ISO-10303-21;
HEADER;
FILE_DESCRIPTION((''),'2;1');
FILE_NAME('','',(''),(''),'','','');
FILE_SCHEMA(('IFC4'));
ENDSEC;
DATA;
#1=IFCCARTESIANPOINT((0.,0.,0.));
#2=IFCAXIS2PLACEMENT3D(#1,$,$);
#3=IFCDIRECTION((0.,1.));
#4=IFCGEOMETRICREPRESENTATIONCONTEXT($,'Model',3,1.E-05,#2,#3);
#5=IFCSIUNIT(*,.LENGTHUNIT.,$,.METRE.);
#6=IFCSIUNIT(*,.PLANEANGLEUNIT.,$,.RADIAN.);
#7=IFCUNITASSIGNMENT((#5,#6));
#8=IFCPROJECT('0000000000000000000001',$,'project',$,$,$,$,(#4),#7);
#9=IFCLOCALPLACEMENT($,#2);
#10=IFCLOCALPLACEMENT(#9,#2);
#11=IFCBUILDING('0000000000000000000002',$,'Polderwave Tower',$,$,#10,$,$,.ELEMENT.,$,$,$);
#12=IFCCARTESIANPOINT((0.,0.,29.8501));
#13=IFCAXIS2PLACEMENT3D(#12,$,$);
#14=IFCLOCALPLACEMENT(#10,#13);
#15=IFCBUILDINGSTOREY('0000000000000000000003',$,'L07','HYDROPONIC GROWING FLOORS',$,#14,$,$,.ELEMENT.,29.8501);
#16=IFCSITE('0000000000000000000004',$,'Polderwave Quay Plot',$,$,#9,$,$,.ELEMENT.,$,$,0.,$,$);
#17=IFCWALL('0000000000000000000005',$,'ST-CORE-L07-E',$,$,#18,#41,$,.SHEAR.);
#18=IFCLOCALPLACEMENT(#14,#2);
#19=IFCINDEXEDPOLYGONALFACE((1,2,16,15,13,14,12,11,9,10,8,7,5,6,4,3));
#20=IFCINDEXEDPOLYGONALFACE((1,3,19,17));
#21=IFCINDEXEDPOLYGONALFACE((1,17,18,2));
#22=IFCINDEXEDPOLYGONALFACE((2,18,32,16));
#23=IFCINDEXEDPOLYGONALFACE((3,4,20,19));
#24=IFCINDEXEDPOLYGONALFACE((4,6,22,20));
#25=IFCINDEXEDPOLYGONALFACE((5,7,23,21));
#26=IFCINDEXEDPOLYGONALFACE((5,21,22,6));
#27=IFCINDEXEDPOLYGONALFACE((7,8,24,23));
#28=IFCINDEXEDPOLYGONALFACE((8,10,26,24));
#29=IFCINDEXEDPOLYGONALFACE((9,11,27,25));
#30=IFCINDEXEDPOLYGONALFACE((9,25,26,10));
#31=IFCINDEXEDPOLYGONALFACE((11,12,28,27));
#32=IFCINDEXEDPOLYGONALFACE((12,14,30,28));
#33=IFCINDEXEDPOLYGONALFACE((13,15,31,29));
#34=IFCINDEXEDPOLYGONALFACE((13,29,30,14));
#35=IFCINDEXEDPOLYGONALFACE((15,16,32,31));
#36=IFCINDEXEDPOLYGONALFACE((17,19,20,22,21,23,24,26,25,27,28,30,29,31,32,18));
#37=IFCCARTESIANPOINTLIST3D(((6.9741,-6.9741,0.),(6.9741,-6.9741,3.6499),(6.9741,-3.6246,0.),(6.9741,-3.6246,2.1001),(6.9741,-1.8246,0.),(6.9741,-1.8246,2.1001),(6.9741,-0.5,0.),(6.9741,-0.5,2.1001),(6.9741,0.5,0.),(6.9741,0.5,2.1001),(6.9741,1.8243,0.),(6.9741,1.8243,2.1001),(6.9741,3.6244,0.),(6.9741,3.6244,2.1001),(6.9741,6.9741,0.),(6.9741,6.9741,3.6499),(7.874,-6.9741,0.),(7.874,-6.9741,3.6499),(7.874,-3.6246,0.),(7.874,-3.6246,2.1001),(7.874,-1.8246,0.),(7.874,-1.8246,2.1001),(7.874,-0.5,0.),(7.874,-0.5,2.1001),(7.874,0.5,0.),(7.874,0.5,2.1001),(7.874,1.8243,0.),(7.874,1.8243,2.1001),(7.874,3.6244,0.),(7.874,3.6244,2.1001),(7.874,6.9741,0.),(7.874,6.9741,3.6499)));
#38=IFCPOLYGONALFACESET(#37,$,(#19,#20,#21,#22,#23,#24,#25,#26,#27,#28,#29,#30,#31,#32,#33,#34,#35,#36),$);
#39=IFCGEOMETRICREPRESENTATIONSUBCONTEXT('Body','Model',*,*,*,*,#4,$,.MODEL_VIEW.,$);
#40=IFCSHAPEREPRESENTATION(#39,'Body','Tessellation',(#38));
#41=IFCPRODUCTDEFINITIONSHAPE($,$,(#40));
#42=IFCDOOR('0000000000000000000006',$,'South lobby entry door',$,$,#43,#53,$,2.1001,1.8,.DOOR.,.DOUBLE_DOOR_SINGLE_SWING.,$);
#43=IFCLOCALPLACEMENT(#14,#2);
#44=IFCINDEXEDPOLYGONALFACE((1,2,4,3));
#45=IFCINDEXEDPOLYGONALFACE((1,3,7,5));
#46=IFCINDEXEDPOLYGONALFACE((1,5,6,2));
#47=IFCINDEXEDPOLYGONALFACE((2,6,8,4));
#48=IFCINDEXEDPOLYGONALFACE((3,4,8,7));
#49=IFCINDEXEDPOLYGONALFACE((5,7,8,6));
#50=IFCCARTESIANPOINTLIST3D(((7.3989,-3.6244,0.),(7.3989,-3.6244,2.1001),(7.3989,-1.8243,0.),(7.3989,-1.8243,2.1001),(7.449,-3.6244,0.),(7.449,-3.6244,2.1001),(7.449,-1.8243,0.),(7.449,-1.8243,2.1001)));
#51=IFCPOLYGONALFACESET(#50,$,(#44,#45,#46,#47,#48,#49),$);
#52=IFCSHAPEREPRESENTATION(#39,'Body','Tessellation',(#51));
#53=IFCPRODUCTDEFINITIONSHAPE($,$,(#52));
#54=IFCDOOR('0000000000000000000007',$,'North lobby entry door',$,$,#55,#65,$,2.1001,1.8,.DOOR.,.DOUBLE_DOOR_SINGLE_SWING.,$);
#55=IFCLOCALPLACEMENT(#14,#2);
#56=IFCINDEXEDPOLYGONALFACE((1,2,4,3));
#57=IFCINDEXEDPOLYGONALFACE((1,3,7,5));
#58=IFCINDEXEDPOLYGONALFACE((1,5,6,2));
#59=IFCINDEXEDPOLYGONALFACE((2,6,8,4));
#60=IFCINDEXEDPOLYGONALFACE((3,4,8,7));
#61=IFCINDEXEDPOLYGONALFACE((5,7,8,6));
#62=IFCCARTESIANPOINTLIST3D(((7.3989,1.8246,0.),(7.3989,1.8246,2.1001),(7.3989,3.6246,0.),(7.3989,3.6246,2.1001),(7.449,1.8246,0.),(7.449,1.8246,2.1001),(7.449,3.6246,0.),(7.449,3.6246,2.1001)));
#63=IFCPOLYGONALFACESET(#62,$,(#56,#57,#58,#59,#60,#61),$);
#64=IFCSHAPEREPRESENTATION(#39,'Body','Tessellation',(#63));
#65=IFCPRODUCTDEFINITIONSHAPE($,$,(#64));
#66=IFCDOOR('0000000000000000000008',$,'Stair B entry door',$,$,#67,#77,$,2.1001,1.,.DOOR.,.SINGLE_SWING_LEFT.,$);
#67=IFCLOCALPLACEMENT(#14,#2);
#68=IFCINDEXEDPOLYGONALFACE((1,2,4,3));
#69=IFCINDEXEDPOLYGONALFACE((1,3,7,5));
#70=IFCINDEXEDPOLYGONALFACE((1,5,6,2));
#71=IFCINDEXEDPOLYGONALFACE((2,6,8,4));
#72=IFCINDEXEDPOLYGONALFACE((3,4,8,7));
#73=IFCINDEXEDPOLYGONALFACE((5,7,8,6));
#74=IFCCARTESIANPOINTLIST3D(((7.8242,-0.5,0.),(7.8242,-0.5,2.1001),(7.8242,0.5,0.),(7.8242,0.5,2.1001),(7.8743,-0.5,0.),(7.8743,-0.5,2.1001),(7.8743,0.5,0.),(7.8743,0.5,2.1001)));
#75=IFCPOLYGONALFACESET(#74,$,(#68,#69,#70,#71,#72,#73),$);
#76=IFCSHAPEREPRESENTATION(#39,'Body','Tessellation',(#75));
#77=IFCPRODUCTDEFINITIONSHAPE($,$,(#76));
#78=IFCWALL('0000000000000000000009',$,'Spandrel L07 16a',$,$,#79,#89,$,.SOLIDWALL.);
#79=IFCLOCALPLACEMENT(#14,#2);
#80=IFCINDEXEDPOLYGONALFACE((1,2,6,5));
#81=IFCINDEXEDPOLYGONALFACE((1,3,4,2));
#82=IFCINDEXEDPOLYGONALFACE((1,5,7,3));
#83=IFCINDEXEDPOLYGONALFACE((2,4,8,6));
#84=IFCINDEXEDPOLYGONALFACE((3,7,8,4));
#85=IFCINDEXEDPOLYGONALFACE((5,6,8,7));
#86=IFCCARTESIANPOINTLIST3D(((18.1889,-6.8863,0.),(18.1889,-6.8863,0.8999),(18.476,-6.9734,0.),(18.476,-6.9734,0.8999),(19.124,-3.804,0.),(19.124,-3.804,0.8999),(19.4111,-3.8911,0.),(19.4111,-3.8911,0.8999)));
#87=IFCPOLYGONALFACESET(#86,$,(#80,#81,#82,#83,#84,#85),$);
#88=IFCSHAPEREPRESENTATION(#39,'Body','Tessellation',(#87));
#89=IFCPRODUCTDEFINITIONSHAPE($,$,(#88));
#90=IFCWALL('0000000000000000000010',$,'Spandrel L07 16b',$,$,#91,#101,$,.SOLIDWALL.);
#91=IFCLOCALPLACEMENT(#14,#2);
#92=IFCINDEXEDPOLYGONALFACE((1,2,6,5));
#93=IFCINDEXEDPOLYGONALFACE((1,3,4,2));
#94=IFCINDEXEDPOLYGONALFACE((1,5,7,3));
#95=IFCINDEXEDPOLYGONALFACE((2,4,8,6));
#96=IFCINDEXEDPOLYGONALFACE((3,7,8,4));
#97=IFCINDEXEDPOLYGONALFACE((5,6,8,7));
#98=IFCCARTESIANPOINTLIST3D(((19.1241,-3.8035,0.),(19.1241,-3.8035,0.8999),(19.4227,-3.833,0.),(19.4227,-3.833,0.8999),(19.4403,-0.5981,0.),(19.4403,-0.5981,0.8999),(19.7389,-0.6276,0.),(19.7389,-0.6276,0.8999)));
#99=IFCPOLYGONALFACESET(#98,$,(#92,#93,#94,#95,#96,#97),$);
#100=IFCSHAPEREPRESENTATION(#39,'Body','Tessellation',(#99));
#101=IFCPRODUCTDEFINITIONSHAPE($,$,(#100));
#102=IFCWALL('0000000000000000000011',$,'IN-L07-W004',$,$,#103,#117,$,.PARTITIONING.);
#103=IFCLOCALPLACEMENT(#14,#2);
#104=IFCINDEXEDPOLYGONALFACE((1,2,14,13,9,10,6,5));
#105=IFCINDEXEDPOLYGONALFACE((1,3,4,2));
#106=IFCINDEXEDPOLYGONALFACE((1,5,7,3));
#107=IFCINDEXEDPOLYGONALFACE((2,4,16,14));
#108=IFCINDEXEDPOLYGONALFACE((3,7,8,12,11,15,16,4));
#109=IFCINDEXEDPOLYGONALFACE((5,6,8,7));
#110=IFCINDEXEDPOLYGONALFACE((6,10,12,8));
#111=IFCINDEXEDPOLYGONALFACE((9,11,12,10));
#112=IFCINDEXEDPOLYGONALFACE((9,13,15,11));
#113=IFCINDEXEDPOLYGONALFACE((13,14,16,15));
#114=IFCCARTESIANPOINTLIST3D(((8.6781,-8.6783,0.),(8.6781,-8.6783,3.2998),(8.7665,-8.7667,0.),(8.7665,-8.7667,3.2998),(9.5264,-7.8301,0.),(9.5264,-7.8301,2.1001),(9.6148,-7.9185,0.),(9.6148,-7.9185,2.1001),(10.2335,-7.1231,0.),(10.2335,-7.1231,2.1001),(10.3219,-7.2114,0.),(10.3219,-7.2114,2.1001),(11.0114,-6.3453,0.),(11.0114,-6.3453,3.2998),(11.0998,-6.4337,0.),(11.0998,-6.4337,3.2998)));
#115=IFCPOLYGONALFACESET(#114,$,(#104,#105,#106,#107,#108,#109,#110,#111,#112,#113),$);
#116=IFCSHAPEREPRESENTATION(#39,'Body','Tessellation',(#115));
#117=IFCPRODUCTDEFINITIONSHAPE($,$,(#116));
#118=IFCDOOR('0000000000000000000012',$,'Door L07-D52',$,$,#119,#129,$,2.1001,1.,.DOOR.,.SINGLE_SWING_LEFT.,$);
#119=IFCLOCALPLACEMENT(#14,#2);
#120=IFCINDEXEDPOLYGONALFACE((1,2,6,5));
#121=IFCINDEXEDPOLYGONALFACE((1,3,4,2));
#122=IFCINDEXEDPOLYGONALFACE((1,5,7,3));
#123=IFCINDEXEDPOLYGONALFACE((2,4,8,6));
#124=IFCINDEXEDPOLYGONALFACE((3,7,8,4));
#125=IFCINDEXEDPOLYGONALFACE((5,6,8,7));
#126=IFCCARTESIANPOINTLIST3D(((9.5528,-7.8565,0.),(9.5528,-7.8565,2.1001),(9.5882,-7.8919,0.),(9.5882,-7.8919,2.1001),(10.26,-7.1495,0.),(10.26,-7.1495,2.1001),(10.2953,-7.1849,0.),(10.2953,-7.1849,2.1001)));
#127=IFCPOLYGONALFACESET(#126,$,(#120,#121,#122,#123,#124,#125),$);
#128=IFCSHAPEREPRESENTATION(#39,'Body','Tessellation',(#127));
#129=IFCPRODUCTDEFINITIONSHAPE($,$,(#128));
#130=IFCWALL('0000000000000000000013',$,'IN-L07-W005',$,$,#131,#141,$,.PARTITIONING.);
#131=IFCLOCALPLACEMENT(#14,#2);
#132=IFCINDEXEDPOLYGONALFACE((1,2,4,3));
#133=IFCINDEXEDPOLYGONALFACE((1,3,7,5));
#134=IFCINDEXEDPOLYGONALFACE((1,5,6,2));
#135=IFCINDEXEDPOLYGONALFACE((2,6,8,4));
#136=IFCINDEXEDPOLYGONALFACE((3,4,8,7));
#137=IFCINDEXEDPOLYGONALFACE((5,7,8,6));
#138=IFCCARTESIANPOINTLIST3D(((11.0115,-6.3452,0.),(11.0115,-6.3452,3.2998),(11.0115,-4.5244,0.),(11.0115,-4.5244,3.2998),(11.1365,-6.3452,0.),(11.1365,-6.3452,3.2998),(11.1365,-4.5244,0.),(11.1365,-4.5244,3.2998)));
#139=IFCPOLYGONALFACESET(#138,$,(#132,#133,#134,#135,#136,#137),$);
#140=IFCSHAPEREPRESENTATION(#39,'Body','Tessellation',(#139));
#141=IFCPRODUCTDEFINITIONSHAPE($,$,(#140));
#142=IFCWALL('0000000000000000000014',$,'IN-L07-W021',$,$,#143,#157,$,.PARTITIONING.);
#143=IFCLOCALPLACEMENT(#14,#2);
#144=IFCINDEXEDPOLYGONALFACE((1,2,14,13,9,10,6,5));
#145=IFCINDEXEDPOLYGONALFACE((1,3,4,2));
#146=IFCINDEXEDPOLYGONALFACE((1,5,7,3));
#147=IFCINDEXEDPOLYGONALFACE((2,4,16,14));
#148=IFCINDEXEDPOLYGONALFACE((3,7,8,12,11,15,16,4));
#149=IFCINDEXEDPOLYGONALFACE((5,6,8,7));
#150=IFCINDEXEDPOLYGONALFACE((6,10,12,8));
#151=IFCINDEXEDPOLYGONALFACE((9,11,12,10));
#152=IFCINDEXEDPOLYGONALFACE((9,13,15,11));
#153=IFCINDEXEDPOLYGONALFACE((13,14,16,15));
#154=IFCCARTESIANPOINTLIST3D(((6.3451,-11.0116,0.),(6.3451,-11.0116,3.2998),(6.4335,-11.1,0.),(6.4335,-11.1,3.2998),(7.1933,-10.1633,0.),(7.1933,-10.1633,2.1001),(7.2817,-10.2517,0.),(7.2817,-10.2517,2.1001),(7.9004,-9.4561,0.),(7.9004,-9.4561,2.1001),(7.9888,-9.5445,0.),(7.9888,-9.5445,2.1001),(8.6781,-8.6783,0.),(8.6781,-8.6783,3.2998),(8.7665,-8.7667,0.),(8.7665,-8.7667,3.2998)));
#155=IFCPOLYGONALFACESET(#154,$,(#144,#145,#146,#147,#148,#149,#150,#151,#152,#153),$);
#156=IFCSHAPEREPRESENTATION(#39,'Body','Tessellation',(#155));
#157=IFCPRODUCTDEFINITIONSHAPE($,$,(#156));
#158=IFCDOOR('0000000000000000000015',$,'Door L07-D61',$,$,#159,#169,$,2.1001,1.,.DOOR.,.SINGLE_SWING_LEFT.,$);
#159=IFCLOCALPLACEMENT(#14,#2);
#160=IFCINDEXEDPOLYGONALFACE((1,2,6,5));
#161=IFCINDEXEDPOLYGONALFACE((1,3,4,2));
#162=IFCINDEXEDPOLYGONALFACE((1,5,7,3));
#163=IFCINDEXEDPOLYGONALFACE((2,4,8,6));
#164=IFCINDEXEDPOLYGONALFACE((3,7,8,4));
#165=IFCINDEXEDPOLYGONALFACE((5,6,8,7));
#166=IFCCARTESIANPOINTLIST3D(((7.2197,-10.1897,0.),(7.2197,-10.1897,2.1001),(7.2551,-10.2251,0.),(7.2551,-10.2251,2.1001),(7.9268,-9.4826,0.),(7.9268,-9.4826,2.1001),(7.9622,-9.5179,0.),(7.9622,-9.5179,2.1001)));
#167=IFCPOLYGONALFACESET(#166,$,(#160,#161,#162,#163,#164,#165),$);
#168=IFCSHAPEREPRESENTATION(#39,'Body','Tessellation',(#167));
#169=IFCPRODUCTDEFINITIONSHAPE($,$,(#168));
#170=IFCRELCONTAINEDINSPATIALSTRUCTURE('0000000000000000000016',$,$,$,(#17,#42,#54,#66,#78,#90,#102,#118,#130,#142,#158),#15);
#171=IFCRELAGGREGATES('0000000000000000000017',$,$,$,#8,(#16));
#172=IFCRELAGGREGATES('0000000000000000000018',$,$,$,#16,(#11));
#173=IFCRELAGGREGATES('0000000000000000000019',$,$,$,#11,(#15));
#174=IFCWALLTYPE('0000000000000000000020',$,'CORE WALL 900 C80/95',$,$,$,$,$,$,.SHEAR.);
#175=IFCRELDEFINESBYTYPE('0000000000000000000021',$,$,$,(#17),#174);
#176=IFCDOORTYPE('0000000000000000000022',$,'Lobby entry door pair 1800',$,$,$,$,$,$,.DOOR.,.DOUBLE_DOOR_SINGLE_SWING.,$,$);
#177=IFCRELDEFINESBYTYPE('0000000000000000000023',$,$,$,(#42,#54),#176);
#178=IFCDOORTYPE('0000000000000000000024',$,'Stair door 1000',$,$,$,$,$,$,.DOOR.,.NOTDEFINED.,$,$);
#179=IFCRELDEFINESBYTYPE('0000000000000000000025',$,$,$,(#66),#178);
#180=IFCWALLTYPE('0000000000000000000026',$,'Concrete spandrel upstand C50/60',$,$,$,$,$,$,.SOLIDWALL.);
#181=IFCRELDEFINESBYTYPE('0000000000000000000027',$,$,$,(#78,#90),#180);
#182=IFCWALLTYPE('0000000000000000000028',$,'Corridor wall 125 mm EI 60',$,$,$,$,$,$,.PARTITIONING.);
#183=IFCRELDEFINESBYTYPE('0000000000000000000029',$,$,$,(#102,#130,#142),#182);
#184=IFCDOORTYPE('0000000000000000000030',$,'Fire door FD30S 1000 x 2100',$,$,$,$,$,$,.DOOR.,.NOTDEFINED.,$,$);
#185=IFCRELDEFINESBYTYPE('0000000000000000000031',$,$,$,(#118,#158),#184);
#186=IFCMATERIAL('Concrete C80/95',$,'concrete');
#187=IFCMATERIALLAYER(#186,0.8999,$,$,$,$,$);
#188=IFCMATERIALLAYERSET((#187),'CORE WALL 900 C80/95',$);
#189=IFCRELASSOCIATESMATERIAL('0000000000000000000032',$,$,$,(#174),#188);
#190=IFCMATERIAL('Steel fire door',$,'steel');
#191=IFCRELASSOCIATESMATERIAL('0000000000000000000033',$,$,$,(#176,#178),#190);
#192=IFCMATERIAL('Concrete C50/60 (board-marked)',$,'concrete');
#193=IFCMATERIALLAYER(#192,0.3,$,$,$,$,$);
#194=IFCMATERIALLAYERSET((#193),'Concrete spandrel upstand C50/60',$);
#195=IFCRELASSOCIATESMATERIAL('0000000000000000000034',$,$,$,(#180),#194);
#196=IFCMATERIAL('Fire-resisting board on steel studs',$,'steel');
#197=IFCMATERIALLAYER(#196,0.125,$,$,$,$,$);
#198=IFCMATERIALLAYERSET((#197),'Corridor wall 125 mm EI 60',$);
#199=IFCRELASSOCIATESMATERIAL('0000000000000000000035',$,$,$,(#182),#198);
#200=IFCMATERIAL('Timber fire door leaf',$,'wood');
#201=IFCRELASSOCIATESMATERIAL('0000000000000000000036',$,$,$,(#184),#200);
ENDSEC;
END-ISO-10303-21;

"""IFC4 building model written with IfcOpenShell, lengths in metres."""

from ifc_helpers import new_model, si_unit, direction, frame, frame_2d, origin, place, context, subcontext, project, spatial, rectangle, extrude, material, layer, layer_set, type_object, element, fill, save


model = new_model("IFC4")

# Units and contexts
model_context = context("Model", 3, precision=1e-05, world=origin(), true_north=direction((0.0, 1.0)))
body_context = subcontext(model_context, "Body", "Model", "MODEL_VIEW")
ifc_project = project(units=[si_unit("LENGTHUNIT", "METRE"), si_unit("PLANEANGLEUNIT", "RADIAN")], contexts=[model_context])

# Site, building, storey
site_placement = place(None, origin())
site = spatial("IfcSite", under=ifc_project, at=site_placement, Name="Polderwave Quay Plot", CompositionType="ELEMENT", RefElevation=0.0)
building_placement = place(site_placement, origin())
building = spatial("IfcBuilding", under=site, at=building_placement, Name="Polderwave Tower", CompositionType="ELEMENT")
storey_placement = place(building_placement, frame((0.0, 0.0, 29.8501)))
storey = spatial("IfcBuildingStorey", under=building, at=storey_placement, Name="L07", Description="HYDROPONIC GROWING FLOORS", CompositionType="ELEMENT", Elevation=29.8501)

# Wall, openings, doors
ifc_material_1 = material(Name="Concrete C80/95", Category="concrete")
ifc_layer_1 = layer(ifc_material_1, 0.8999)
ifc_layer_set_1 = layer_set([ifc_layer_1], Name="CORE WALL 900 C80/95")
wall_type_1 = type_object("IfcWallType", Name="CORE WALL 900 C80/95", PredefinedType="SHEAR", material=ifc_layer_set_1)
wall_1_placement = place(storey_placement, frame((7.4241, -6.9741, 0.0), z_axis=(0.0, 0.0, 1.0), x_axis=(0.0, 1.0, 0.0)))
wall_1 = element("IfcWall", 1, at=wall_1_placement, inside=storey, type_object=wall_type_1, Name="ST-CORE-L07-E", PredefinedType="SHEAR", context=body_context, shape_type="SweptSolid", body=[
    extrude(rectangle(XDim=13.9482, YDim=0.8999, at=frame_2d((6.9741, 0.0))), origin(), (0.0, 0.0, 1.0), 3.6499),
])
opening_1_placement = place(wall_1_placement, frame((6.4741, 0.0, 0.0)))
opening_1 = element("IfcOpeningElement", 2, at=opening_1_placement, cuts=wall_1, PredefinedType="OPENING", context=body_context, shape_type="SweptSolid", body=[
    extrude(rectangle(XDim=1.0, YDim=2.1001, at=frame_2d((0.5, 1.05))), frame((0.0, 0.46, 0.0), z_axis=(0.0, -1.0, 0.0), x_axis=(1.0, 0.0, 0.0)), (0.0, 0.0, 1.0), 0.9199),
])
opening_2_placement = place(wall_1_placement, frame((3.3496, 0.0, 0.0)))
opening_2 = element("IfcOpeningElement", 3, at=opening_2_placement, cuts=wall_1, PredefinedType="OPENING", context=body_context, shape_type="SweptSolid", body=[
    extrude(rectangle(XDim=1.8, YDim=2.1001, at=frame_2d((0.8999, 1.05))), frame((0.0, 0.46, 0.0), z_axis=(0.0, -1.0, 0.0), x_axis=(1.0, 0.0, 0.0)), (0.0, 0.0, 1.0), 0.9199),
])
opening_3_placement = place(wall_1_placement, frame((8.7986, 0.0, 0.0)))
opening_3 = element("IfcOpeningElement", 4, at=opening_3_placement, cuts=wall_1, PredefinedType="OPENING", context=body_context, shape_type="SweptSolid", body=[
    extrude(rectangle(XDim=1.8, YDim=2.1001, at=frame_2d((0.8999, 1.05))), frame((0.0, 0.46, 0.0), z_axis=(0.0, -1.0, 0.0), x_axis=(1.0, 0.0, 0.0)), (0.0, 0.0, 1.0), 0.9199),
])
ifc_material_2 = material(Name="Steel fire door", Category="steel")
door_type_1 = type_object("IfcDoorType", Name="Lobby entry door pair 1800", OperationType="DOUBLE_DOOR_SINGLE_SWING", PredefinedType="DOOR", material=ifc_material_2)
door_1_placement = place(opening_2_placement, frame((1.8, 0.0, 0.0), z_axis=(0.0, 0.0, 1.0), x_axis=(-1.0, 0.0, 0.0)))
door_1 = element("IfcDoor", 5, at=door_1_placement, inside=storey, type_object=door_type_1, Name="South lobby entry door", OperationType="DOUBLE_DOOR_SINGLE_SWING", OverallHeight=2.1001, OverallWidth=1.8, PredefinedType="DOOR", context=body_context, shape_type="SweptSolid", body=[
    extrude(rectangle(XDim=1.8, YDim=2.1001, at=frame_2d((0.8999, 1.05))), frame((0.0, 0.0249, 0.0), z_axis=(0.0, -1.0, 0.0), x_axis=(1.0, 0.0, 0.0)), (0.0, 0.0, 1.0), 0.05),
])
fill(opening_2, door_1)
door_2_placement = place(opening_3_placement, frame((1.8, 0.0, 0.0), z_axis=(0.0, 0.0, 1.0), x_axis=(-1.0, 0.0, 0.0)))
door_2 = element("IfcDoor", 6, at=door_2_placement, inside=storey, type_object=door_type_1, Name="North lobby entry door", OperationType="DOUBLE_DOOR_SINGLE_SWING", OverallHeight=2.1001, OverallWidth=1.8, PredefinedType="DOOR", context=body_context, shape_type="SweptSolid", body=[
    extrude(rectangle(XDim=1.8, YDim=2.1001, at=frame_2d((0.8999, 1.05))), frame((0.0, 0.0249, 0.0), z_axis=(0.0, -1.0, 0.0), x_axis=(1.0, 0.0, 0.0)), (0.0, 0.0, 1.0), 0.05),
])
fill(opening_3, door_2)
door_type_2 = type_object("IfcDoorType", Name="Stair door 1000", OperationType="NOTDEFINED", PredefinedType="DOOR", material=ifc_material_2)
door_3_placement = place(opening_1_placement, frame((1.0, 0.0, 0.0), z_axis=(0.0, 0.0, 1.0), x_axis=(-1.0, 0.0, 0.0)))
door_3 = element("IfcDoor", 7, at=door_3_placement, inside=storey, type_object=door_type_2, Name="Stair B entry door", OperationType="SINGLE_SWING_LEFT", OverallHeight=2.1001, OverallWidth=1.0, PredefinedType="DOOR", context=body_context, shape_type="SweptSolid", body=[
    extrude(rectangle(XDim=1.0, YDim=2.1001, at=frame_2d((0.5, 1.05))), frame((0.0, 0.4502, 0.0), z_axis=(0.0, -1.0, 0.0), x_axis=(1.0, 0.0, 0.0)), (0.0, 0.0, 1.0), 0.05),
])
fill(opening_1, door_3)

# Walls
ifc_material_3 = material(Name="Concrete C50/60 (board-marked)", Category="concrete")
ifc_layer_2 = layer(ifc_material_3, 0.3)
ifc_layer_set_2 = layer_set([ifc_layer_2], Name="Concrete spandrel upstand C50/60")
wall_type_2 = type_object("IfcWallType", Name="Concrete spandrel upstand C50/60", PredefinedType="SOLIDWALL", material=ifc_layer_set_2)
for number, where, z_axis, x_axis, name in (
    (8, (18.3325, -6.9297, 0.0), (0.0, 0.0, 1.0), (0.290302, 0.956935, 0.0), "Spandrel L07 16a"),
    (9, (19.2734, -3.8181, 0.0), (0.0, 0.0, 1.0), (0.09816, 0.995171, 0.0), "Spandrel L07 16b"),
):
    element("IfcWall", number, at=place(storey_placement, frame(where, z_axis=z_axis, x_axis=x_axis)), inside=storey, type_object=wall_type_2, Name=name, PredefinedType="SOLIDWALL", context=body_context, shape_type="SweptSolid", body=[
        extrude(rectangle(XDim=3.2209, YDim=0.3, at=frame_2d((1.6104, 0.0))), origin(), (0.0, 0.0, 1.0), 0.8999),
    ])

# Wall, opening, door
ifc_material_4 = material(Name="Fire-resisting board on steel studs", Category="steel")
ifc_layer_3 = layer(ifc_material_4, 0.125)
ifc_layer_set_3 = layer_set([ifc_layer_3], Name="Corridor wall 125 mm EI 60")
wall_type_3 = type_object("IfcWallType", Name="Corridor wall 125 mm EI 60", PredefinedType="PARTITIONING", material=ifc_layer_set_3)
wall_2_placement = place(storey_placement, frame((11.0557, -6.3894, 0.0), z_axis=(0.0, 0.0, 1.0), x_axis=(-0.707144, -0.70707, 0.0)))
wall_2 = element("IfcWall", 10, at=wall_2_placement, inside=storey, type_object=wall_type_3, Name="IN-L07-W004", PredefinedType="PARTITIONING", context=body_context, shape_type="SweptSolid", body=[
    extrude(rectangle(XDim=3.2996, YDim=0.125, at=frame_2d((1.6499, 0.0))), origin(), (0.0, 0.0, 1.0), 3.2998),
])
opening_4_placement = place(wall_2_placement, frame((1.1001, 0.0, 0.0)))
opening_4 = element("IfcOpeningElement", 11, at=opening_4_placement, cuts=wall_2, PredefinedType="OPENING", context=body_context, shape_type="SweptSolid", body=[
    extrude(rectangle(XDim=1.0, YDim=2.1001, at=frame_2d((0.5, 1.05))), frame((0.0, 0.0725, 0.0), z_axis=(0.0, -1.0, 0.0), x_axis=(1.0, 0.0, 0.0)), (0.0, 0.0, 1.0), 0.145),
])
ifc_material_5 = material(Name="Timber fire door leaf", Category="wood")
door_type_3 = type_object("IfcDoorType", Name="Fire door FD30S 1000 x 2100", OperationType="NOTDEFINED", PredefinedType="DOOR", material=ifc_material_5)
door_4_placement = place(opening_4_placement, origin())
door_4 = element("IfcDoor", 12, at=door_4_placement, inside=storey, type_object=door_type_3, Name="Door L07-D52", OperationType="SINGLE_SWING_LEFT", OverallHeight=2.1001, OverallWidth=1.0, PredefinedType="DOOR", context=body_context, shape_type="SweptSolid", body=[
    extrude(rectangle(XDim=1.0, YDim=2.1001, at=frame_2d((0.5, 1.05))), frame((0.0, 0.0249, 0.0), z_axis=(0.0, -1.0, 0.0), x_axis=(1.0, 0.0, 0.0)), (0.0, 0.0, 1.0), 0.05),
])
fill(opening_4, door_4)

# Wall
wall_3_placement = place(storey_placement, frame((11.074, -4.5244, 0.0), z_axis=(0.0, 0.0, 1.0), x_axis=(0.0, -1.0, 0.0)))
element("IfcWall", 13, at=wall_3_placement, inside=storey, type_object=wall_type_3, Name="IN-L07-W005", PredefinedType="PARTITIONING", context=body_context, shape_type="SweptSolid", body=[
    extrude(rectangle(XDim=1.8208, YDim=0.125, at=frame_2d((0.9104, 0.0))), origin(), (0.0, 0.0, 1.0), 3.2998),
])

# Wall, opening, door
wall_4_placement = place(storey_placement, frame((8.7224, -8.7224, 0.0), z_axis=(0.0, 0.0, 1.0), x_axis=(-0.70707, -0.707144, 0.0)))
wall_4 = element("IfcWall", 14, at=wall_4_placement, inside=storey, type_object=wall_type_3, Name="IN-L07-W021", PredefinedType="PARTITIONING", context=body_context, shape_type="SweptSolid", body=[
    extrude(rectangle(XDim=3.2996, YDim=0.125, at=frame_2d((1.6499, 0.0))), origin(), (0.0, 0.0, 1.0), 3.2998),
])
opening_5_placement = place(wall_4_placement, frame((1.1001, 0.0, 0.0)))
opening_5 = element("IfcOpeningElement", 15, at=opening_5_placement, cuts=wall_4, PredefinedType="OPENING", context=body_context, shape_type="SweptSolid", body=[
    extrude(rectangle(XDim=1.0, YDim=2.1001, at=frame_2d((0.5, 1.05))), frame((0.0, 0.0725, 0.0), z_axis=(0.0, -1.0, 0.0), x_axis=(1.0, 0.0, 0.0)), (0.0, 0.0, 1.0), 0.145),
])
door_5_placement = place(opening_5_placement, origin())
door_5 = element("IfcDoor", 16, at=door_5_placement, inside=storey, type_object=door_type_3, Name="Door L07-D61", OperationType="SINGLE_SWING_LEFT", OverallHeight=2.1001, OverallWidth=1.0, PredefinedType="DOOR", context=body_context, shape_type="SweptSolid", body=[
    extrude(rectangle(XDim=1.0, YDim=2.1001, at=frame_2d((0.5, 1.05))), frame((0.0, 0.0249, 0.0), z_axis=(0.0, -1.0, 0.0), x_axis=(1.0, 0.0, 0.0)), (0.0, 0.0, 1.0), 0.05),
])
fill(opening_5, door_5)

save(model, "model.ifc")
